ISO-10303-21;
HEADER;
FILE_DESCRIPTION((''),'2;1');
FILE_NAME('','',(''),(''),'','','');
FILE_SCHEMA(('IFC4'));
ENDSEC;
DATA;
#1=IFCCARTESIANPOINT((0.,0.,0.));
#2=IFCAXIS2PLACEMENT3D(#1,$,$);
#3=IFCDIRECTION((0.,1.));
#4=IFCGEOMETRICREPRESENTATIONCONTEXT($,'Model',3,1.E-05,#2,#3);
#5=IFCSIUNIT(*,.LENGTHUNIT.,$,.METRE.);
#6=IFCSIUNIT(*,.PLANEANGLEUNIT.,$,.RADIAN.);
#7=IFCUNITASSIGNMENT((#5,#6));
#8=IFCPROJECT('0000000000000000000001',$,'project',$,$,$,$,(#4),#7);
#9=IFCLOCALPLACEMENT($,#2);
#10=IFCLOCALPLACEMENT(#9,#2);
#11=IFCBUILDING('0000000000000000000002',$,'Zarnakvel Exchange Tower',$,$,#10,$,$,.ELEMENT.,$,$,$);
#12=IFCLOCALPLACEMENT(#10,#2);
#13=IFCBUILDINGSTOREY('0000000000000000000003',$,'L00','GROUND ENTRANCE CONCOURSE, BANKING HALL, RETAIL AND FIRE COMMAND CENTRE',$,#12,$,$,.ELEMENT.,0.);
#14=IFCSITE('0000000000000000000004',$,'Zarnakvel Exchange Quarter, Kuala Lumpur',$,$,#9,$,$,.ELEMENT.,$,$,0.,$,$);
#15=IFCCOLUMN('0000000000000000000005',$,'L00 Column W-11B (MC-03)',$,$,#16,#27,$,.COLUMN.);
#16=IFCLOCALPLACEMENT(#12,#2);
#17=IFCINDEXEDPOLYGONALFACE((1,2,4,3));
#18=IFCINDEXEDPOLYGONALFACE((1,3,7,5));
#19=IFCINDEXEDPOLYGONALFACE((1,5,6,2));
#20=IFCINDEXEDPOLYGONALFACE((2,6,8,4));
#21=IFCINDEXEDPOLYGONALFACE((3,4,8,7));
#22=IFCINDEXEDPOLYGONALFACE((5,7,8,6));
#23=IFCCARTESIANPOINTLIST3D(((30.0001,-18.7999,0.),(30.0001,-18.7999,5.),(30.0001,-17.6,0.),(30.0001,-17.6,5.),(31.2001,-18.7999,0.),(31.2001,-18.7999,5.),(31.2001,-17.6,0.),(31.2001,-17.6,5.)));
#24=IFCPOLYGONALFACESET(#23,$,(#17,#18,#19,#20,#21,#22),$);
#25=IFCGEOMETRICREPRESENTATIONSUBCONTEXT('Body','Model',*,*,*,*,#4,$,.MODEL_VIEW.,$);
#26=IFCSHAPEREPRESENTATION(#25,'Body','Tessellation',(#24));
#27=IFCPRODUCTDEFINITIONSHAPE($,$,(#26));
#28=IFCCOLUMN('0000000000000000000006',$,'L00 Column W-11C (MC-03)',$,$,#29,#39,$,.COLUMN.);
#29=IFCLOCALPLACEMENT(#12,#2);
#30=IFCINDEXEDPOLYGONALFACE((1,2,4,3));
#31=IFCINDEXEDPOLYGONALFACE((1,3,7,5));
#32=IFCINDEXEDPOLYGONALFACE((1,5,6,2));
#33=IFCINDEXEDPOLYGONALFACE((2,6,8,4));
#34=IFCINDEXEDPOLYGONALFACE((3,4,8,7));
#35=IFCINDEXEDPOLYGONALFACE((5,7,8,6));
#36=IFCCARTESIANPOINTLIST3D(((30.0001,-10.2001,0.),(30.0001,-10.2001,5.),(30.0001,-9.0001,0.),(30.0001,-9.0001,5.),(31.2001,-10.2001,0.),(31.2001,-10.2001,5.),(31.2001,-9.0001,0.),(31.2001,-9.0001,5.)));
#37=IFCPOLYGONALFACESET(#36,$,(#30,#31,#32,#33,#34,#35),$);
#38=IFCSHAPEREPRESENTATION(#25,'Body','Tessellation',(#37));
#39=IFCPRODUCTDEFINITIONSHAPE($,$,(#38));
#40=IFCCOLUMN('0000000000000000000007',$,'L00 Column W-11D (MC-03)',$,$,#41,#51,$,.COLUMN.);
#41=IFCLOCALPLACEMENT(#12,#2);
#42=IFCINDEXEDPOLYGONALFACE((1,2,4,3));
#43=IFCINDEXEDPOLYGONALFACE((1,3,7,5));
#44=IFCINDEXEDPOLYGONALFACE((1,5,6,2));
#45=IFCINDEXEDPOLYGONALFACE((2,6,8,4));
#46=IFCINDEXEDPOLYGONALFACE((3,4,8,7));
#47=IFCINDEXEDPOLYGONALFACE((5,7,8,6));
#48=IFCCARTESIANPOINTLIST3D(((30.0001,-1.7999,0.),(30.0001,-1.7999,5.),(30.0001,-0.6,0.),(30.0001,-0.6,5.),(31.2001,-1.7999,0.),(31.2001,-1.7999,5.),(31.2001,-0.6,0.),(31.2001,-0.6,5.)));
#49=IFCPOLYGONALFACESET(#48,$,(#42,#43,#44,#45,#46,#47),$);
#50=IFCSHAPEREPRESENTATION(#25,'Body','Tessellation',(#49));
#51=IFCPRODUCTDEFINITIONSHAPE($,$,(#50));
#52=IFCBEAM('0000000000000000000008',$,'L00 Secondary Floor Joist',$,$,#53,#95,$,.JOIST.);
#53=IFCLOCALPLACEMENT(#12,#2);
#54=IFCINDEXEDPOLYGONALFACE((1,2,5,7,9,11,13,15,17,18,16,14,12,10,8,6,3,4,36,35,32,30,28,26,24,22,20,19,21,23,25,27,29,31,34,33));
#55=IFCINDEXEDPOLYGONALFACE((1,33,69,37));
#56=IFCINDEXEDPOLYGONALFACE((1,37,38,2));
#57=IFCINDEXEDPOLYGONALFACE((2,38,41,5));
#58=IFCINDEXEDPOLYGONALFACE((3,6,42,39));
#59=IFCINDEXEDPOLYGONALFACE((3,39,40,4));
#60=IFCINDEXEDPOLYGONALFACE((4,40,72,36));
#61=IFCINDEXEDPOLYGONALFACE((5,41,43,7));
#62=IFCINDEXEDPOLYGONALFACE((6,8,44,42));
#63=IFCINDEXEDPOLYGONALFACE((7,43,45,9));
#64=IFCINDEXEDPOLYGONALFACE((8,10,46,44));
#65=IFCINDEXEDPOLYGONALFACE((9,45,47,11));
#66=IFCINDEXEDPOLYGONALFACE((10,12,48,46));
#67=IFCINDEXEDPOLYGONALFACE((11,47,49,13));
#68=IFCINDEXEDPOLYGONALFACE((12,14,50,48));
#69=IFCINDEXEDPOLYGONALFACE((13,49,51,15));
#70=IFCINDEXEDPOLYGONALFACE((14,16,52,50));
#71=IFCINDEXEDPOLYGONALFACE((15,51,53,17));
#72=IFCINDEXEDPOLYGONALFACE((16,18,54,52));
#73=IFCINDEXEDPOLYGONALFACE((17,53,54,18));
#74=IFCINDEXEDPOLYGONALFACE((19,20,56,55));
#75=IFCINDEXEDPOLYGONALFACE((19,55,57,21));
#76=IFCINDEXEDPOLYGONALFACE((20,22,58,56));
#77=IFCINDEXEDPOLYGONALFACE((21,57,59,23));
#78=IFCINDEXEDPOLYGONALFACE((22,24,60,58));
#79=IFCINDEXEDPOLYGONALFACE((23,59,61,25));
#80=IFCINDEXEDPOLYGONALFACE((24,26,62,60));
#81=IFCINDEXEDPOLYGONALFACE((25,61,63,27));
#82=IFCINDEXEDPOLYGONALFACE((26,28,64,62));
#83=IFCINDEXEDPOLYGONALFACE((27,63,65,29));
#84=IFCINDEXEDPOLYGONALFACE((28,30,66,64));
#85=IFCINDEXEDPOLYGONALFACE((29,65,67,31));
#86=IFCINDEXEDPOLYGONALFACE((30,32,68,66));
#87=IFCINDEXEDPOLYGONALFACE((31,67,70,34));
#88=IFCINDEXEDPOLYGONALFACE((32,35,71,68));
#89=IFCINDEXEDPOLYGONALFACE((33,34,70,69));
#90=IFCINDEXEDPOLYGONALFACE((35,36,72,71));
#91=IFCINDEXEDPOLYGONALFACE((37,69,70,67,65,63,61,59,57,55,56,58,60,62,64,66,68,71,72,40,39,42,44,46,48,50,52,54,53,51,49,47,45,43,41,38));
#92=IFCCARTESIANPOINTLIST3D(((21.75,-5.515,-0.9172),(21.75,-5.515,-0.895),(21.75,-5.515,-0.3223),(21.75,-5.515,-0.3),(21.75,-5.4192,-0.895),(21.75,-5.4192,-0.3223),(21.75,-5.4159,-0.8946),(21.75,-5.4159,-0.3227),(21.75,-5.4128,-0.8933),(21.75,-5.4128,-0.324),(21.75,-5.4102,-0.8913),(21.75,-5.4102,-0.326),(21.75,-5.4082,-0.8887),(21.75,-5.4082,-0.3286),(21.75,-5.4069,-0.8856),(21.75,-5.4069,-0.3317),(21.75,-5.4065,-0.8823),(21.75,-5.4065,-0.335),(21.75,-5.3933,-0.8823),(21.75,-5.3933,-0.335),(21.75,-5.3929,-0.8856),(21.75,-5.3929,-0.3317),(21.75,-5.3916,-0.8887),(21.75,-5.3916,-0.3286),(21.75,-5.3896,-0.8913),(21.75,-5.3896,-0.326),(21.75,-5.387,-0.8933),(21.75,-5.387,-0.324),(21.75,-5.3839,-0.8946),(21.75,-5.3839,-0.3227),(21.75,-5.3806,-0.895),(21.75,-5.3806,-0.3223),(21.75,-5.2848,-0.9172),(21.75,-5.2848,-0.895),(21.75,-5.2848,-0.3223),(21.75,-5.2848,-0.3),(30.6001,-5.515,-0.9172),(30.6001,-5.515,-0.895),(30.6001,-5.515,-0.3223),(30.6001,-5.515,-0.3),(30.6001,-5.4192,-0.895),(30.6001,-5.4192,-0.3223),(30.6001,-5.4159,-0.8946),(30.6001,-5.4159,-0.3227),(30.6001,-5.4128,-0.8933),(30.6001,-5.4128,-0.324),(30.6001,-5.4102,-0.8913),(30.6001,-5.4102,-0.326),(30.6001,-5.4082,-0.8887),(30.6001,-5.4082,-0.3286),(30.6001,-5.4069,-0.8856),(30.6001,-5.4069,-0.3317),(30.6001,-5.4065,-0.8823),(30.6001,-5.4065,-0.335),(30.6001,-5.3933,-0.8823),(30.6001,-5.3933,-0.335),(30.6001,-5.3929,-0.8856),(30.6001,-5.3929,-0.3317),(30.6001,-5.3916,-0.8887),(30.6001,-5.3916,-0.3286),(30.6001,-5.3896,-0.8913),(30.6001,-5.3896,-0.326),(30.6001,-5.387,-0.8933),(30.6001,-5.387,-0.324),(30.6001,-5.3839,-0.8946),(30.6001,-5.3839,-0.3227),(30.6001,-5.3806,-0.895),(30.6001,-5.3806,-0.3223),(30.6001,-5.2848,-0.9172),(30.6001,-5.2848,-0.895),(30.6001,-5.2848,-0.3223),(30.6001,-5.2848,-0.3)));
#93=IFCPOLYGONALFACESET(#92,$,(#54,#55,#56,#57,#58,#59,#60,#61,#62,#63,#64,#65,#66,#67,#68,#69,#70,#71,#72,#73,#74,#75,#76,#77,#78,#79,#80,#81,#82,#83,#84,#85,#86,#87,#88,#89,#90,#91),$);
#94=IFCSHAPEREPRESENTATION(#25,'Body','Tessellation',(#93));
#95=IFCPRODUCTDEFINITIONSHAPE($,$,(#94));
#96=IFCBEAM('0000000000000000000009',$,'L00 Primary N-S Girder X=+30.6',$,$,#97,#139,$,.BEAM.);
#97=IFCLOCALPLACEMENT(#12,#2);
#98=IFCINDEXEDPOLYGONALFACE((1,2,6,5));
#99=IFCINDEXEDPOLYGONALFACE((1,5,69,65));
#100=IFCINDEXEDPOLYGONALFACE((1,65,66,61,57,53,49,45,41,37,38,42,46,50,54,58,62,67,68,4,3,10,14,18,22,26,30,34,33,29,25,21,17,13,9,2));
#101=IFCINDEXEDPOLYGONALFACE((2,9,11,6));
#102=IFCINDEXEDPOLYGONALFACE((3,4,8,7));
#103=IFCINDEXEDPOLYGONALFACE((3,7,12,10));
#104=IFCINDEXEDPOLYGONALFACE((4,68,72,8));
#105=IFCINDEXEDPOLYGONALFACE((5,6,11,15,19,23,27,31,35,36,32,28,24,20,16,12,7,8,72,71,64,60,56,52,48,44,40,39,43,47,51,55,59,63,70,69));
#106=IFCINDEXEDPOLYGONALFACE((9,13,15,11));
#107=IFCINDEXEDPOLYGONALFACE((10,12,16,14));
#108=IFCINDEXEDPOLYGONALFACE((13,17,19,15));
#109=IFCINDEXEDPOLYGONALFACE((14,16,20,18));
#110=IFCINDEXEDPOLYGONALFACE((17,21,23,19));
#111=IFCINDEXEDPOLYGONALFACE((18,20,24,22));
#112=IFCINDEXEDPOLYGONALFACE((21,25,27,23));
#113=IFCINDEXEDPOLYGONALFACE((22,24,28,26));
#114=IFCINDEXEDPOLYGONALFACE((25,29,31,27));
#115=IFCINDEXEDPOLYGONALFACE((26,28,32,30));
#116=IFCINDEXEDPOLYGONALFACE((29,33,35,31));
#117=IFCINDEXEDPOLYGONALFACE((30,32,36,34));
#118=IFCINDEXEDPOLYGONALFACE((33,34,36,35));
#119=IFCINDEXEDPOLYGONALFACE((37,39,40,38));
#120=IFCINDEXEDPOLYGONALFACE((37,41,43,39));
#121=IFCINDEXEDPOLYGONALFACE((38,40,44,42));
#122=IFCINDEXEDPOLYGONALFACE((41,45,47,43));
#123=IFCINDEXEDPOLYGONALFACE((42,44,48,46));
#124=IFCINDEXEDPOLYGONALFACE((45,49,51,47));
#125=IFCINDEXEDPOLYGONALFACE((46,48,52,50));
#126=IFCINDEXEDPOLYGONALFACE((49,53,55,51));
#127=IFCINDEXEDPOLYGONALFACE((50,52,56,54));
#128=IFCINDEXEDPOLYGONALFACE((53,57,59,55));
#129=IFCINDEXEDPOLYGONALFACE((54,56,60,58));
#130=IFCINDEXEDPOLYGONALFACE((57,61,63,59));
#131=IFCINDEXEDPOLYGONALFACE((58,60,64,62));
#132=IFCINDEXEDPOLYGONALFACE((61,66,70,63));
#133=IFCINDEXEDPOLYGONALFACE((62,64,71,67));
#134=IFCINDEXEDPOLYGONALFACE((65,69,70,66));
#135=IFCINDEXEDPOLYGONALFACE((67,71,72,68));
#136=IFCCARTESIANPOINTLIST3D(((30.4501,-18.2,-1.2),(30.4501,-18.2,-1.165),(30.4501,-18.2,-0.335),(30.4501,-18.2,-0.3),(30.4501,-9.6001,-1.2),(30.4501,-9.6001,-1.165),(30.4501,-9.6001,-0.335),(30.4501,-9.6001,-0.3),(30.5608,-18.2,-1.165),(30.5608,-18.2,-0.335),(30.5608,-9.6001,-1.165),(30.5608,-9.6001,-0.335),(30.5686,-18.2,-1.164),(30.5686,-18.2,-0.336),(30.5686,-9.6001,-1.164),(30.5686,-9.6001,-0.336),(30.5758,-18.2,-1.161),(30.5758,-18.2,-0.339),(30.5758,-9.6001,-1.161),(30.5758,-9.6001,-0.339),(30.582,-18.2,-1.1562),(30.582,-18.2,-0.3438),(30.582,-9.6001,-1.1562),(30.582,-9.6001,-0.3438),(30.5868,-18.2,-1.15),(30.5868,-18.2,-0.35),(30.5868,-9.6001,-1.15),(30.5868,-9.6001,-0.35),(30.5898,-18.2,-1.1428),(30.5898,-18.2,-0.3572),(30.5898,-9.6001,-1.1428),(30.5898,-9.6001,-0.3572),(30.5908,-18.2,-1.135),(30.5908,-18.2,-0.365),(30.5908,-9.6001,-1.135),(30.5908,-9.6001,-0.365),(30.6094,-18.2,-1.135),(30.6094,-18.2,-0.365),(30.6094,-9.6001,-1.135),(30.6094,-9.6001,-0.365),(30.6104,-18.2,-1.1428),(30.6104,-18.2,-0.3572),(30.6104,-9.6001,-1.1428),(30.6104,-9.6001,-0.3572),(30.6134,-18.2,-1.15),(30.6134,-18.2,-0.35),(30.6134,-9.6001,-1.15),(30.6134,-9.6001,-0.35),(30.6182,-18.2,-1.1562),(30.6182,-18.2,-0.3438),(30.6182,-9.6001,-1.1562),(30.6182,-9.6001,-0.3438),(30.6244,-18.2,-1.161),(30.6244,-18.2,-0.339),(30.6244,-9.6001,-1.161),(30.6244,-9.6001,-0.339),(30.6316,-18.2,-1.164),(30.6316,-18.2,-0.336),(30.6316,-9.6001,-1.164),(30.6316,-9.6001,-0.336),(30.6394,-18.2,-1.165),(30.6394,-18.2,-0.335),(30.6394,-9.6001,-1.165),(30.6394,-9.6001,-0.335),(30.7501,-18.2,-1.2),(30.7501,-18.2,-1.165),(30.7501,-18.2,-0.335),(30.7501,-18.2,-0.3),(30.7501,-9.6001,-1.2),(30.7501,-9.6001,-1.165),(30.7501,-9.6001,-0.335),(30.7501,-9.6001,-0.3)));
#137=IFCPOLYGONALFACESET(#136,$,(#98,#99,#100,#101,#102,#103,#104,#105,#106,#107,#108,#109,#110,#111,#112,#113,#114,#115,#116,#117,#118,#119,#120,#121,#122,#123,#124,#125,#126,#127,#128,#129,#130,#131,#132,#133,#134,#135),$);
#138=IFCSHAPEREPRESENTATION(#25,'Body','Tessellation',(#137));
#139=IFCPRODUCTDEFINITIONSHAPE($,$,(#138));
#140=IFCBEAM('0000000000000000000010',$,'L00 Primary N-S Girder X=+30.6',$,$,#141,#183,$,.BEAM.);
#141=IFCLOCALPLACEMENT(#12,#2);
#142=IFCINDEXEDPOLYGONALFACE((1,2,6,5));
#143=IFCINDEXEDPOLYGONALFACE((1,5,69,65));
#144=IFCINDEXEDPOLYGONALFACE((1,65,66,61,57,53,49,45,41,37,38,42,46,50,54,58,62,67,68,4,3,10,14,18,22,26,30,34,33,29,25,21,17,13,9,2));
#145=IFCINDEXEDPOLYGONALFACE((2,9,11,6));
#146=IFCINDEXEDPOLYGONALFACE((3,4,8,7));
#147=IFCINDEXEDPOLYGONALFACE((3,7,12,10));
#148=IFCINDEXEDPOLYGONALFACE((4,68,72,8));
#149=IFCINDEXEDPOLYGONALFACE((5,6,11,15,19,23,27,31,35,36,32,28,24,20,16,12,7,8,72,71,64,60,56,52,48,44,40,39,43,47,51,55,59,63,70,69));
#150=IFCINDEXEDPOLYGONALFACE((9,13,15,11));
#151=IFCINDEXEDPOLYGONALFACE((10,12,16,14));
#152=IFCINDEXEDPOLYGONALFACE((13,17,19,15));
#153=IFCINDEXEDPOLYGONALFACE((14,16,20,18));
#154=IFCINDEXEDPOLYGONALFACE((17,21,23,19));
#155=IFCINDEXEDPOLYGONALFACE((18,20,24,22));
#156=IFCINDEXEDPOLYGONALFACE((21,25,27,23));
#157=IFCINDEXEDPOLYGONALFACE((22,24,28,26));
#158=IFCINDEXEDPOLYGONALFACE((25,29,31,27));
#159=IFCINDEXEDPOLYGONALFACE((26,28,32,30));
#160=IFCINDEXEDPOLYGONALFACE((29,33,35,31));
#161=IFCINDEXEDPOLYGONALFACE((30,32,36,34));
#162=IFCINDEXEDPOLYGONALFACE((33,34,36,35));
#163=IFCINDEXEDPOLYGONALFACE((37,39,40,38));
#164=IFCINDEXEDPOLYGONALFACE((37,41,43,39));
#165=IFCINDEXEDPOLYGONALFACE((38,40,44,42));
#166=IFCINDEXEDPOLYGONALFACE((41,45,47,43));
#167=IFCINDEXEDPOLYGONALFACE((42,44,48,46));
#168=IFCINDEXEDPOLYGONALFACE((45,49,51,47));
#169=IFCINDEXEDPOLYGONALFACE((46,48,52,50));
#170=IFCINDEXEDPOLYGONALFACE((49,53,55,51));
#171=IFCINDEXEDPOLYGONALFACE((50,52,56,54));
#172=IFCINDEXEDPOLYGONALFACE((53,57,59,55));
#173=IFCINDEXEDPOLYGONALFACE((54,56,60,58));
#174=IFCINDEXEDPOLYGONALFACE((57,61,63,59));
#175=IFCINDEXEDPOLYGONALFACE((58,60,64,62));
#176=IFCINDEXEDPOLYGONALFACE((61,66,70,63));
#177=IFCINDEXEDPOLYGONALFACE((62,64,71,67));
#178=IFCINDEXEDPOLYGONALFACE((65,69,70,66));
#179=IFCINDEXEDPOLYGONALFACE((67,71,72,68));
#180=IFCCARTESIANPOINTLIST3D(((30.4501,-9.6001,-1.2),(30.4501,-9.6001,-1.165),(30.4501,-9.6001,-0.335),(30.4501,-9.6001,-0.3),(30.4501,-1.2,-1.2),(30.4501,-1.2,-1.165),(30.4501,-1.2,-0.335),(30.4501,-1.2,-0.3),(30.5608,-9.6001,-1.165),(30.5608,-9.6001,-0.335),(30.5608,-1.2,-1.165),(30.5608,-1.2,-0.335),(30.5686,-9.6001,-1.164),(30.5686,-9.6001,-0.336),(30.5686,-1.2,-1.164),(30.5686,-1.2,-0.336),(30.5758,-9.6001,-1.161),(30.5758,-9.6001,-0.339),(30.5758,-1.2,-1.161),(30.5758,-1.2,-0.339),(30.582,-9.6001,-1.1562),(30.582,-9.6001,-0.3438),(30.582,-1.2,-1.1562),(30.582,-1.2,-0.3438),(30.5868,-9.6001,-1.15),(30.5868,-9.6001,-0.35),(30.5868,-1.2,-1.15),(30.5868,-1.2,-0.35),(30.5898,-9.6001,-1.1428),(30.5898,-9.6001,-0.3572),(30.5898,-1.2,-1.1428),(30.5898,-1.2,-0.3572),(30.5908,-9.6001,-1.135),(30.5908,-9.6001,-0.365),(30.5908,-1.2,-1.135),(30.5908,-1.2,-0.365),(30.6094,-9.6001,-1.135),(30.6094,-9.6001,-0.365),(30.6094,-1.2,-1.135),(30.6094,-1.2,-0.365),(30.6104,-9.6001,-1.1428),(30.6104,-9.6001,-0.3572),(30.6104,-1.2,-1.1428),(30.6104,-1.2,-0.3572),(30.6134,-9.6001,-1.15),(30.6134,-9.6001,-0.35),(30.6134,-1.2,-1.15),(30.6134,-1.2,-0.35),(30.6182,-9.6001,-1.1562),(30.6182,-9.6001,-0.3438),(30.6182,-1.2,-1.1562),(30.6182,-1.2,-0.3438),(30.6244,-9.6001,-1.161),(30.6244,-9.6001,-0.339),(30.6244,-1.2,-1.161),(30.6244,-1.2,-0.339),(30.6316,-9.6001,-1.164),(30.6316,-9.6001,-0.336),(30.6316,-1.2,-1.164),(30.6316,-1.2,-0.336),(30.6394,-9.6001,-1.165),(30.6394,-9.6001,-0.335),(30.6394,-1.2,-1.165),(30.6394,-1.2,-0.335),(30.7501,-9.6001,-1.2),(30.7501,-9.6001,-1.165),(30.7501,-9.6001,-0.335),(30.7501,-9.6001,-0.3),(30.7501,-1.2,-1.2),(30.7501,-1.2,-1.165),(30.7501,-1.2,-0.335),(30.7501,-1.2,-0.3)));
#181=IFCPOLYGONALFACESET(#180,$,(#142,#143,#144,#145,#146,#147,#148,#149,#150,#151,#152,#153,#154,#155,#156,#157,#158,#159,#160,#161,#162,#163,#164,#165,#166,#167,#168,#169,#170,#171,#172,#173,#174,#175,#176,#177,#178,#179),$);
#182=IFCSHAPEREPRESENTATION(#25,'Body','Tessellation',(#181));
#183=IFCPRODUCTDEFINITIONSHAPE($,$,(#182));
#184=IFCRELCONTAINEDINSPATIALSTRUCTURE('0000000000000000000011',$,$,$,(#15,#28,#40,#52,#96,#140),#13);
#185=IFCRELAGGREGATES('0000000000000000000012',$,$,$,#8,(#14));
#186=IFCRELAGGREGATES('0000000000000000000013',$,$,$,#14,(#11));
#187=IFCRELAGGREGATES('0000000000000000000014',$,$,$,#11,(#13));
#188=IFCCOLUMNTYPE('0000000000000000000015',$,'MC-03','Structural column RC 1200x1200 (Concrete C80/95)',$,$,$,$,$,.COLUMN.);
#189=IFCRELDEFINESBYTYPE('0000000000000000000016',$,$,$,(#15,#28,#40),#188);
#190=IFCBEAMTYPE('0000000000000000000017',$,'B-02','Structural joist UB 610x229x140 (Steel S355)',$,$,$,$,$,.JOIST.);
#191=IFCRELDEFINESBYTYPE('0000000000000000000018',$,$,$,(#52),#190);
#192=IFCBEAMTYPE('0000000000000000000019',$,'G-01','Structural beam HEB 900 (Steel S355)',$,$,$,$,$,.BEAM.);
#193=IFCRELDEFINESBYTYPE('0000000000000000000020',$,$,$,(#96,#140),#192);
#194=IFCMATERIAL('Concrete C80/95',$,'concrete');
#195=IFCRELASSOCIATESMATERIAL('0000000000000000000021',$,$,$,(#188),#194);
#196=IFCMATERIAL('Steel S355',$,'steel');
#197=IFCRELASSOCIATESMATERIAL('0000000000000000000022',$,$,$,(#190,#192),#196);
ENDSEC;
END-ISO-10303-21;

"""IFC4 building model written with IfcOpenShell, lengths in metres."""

from ifc_helpers import new_model, si_unit, direction, frame, origin, origin_2d, place, context, subcontext, project, spatial, rectangle, i_section, extrude, material, material_profile, profile_set, type_object, element, save


model = new_model("IFC4")

# Units and contexts
model_context = context("Model", 3, precision=1e-05, world=origin(), true_north=direction((0.0, 1.0)))
body_context = subcontext(model_context, "Body", "Model", "MODEL_VIEW")
ifc_project = project(units=[si_unit("LENGTHUNIT", "METRE"), si_unit("PLANEANGLEUNIT", "RADIAN")], contexts=[model_context])

# Site, building, storey
site_placement = place(None, origin())
site = spatial("IfcSite", under=ifc_project, at=site_placement, Name="Zarnakvel Exchange Quarter, Kuala Lumpur", CompositionType="ELEMENT", RefElevation=0.0)
building_placement = place(site_placement, origin())
building = spatial("IfcBuilding", under=site, at=building_placement, Name="Zarnakvel Exchange Tower", CompositionType="ELEMENT")
storey_placement = place(building_placement, origin())
storey = spatial("IfcBuildingStorey", under=building, at=storey_placement, Name="L00", Description="GROUND ENTRANCE CONCOURSE, BANKING HALL, RETAIL AND FIRE COMMAND CENTRE", CompositionType="ELEMENT", Elevation=0.0)

# Columns
ifc_material_1 = material(Name="Concrete C80/95", Category="concrete")
ifc_material_profile_1 = material_profile(ifc_material_1, rectangle(XDim=1.2, YDim=1.2, at=origin_2d()))
ifc_profile_set_1 = profile_set([ifc_material_profile_1], Name="Concrete C80/95")
column_type = type_object("IfcColumnType", Name="MC-03", Description="Structural column RC 1200x1200 (Concrete C80/95)", PredefinedType="COLUMN", material=ifc_profile_set_1)
for number, where, z_axis, x_axis, name in (
    (1, (30.6001, -18.2, 0.0), (0.0, 0.0, 1.0), (1.0, 0.0, 0.0), "L00 Column W-11B (MC-03)"),
    (2, (30.6001, -9.6001, 0.0), (0.0, 0.0, 1.0), (1.0, 0.0, 0.0), "L00 Column W-11C (MC-03)"),
    (3, (30.6001, -1.2, 0.0), (0.0, 0.0, 1.0), (1.0, 0.0, 0.0), "L00 Column W-11D (MC-03)"),
):
    element("IfcColumn", number, at=place(storey_placement, frame(where, z_axis=z_axis, x_axis=x_axis)), inside=storey, type_object=column_type, Name=name, PredefinedType="COLUMN", context=body_context, shape_type="SweptSolid", body=[
        extrude(rectangle(XDim=1.2, YDim=1.2, at=origin_2d()), origin(), (0.0, 0.0, 1.0), 5.0),
    ])

# Beams
ifc_material_2 = material(Name="Steel S355", Category="steel")
ifc_material_profile_2 = material_profile(ifc_material_2, i_section(OverallWidth=0.2302, OverallDepth=0.6172, WebThickness=0.0132, FlangeThickness=0.0222, FilletRadius=0.0127, at=origin_2d()))
ifc_profile_set_2 = profile_set([ifc_material_profile_2], Name="Steel S355")
beam_type_1 = type_object("IfcBeamType", Name="B-02", Description="Structural joist UB 610x229x140 (Steel S355)", PredefinedType="JOIST", material=ifc_profile_set_2)
beam_1_placement = place(storey_placement, frame((21.75, -5.3999, -0.6086), z_axis=(1.0, 0.0, 0.0), x_axis=(0.0, 1.0, 0.0)))
element("IfcBeam", 4, at=beam_1_placement, inside=storey, type_object=beam_type_1, Name="L00 Secondary Floor Joist", PredefinedType="JOIST", context=body_context, shape_type="SweptSolid", body=[
    extrude(i_section(OverallWidth=0.2302, OverallDepth=0.6172, WebThickness=0.0132, FlangeThickness=0.0222, FilletRadius=0.0127, at=origin_2d()), origin(), (0.0, 0.0, 1.0), 8.8501),
])
ifc_material_profile_3 = material_profile(ifc_material_2, i_section(OverallWidth=0.3, OverallDepth=0.8999, WebThickness=0.0186, FlangeThickness=0.0349, FilletRadius=0.03, at=origin_2d()))
ifc_profile_set_3 = profile_set([ifc_material_profile_3], Name="Steel S355")
beam_type_2 = type_object("IfcBeamType", Name="G-01", Description="Structural beam HEB 900 (Steel S355)", PredefinedType="BEAM", material=ifc_profile_set_3)
beam_2_placement = place(storey_placement, frame((30.6001, -18.2, -0.75), z_axis=(0.0, 1.0, 0.0), x_axis=(-1.0, 0.0, 0.0)))
element("IfcBeam", 5, at=beam_2_placement, inside=storey, type_object=beam_type_2, Name="L00 Primary N-S Girder X=+30.6", PredefinedType="BEAM", context=body_context, shape_type="SweptSolid", body=[
    extrude(i_section(OverallWidth=0.3, OverallDepth=0.8999, WebThickness=0.0186, FlangeThickness=0.0349, FilletRadius=0.03, at=origin_2d()), origin(), (0.0, 0.0, 1.0), 8.5999),
])
beam_3_placement = place(storey_placement, frame((30.6001, -9.6001, -0.75), z_axis=(0.0, 1.0, 0.0), x_axis=(-1.0, 0.0, 0.0)))
element("IfcBeam", 6, at=beam_3_placement, inside=storey, type_object=beam_type_2, Name="L00 Primary N-S Girder X=+30.6", PredefinedType="BEAM", context=body_context, shape_type="SweptSolid", body=[
    extrude(i_section(OverallWidth=0.3, OverallDepth=0.8999, WebThickness=0.0186, FlangeThickness=0.0349, FilletRadius=0.03, at=origin_2d()), origin(), (0.0, 0.0, 1.0), 8.4001),
])

save(model, "model.ifc")
